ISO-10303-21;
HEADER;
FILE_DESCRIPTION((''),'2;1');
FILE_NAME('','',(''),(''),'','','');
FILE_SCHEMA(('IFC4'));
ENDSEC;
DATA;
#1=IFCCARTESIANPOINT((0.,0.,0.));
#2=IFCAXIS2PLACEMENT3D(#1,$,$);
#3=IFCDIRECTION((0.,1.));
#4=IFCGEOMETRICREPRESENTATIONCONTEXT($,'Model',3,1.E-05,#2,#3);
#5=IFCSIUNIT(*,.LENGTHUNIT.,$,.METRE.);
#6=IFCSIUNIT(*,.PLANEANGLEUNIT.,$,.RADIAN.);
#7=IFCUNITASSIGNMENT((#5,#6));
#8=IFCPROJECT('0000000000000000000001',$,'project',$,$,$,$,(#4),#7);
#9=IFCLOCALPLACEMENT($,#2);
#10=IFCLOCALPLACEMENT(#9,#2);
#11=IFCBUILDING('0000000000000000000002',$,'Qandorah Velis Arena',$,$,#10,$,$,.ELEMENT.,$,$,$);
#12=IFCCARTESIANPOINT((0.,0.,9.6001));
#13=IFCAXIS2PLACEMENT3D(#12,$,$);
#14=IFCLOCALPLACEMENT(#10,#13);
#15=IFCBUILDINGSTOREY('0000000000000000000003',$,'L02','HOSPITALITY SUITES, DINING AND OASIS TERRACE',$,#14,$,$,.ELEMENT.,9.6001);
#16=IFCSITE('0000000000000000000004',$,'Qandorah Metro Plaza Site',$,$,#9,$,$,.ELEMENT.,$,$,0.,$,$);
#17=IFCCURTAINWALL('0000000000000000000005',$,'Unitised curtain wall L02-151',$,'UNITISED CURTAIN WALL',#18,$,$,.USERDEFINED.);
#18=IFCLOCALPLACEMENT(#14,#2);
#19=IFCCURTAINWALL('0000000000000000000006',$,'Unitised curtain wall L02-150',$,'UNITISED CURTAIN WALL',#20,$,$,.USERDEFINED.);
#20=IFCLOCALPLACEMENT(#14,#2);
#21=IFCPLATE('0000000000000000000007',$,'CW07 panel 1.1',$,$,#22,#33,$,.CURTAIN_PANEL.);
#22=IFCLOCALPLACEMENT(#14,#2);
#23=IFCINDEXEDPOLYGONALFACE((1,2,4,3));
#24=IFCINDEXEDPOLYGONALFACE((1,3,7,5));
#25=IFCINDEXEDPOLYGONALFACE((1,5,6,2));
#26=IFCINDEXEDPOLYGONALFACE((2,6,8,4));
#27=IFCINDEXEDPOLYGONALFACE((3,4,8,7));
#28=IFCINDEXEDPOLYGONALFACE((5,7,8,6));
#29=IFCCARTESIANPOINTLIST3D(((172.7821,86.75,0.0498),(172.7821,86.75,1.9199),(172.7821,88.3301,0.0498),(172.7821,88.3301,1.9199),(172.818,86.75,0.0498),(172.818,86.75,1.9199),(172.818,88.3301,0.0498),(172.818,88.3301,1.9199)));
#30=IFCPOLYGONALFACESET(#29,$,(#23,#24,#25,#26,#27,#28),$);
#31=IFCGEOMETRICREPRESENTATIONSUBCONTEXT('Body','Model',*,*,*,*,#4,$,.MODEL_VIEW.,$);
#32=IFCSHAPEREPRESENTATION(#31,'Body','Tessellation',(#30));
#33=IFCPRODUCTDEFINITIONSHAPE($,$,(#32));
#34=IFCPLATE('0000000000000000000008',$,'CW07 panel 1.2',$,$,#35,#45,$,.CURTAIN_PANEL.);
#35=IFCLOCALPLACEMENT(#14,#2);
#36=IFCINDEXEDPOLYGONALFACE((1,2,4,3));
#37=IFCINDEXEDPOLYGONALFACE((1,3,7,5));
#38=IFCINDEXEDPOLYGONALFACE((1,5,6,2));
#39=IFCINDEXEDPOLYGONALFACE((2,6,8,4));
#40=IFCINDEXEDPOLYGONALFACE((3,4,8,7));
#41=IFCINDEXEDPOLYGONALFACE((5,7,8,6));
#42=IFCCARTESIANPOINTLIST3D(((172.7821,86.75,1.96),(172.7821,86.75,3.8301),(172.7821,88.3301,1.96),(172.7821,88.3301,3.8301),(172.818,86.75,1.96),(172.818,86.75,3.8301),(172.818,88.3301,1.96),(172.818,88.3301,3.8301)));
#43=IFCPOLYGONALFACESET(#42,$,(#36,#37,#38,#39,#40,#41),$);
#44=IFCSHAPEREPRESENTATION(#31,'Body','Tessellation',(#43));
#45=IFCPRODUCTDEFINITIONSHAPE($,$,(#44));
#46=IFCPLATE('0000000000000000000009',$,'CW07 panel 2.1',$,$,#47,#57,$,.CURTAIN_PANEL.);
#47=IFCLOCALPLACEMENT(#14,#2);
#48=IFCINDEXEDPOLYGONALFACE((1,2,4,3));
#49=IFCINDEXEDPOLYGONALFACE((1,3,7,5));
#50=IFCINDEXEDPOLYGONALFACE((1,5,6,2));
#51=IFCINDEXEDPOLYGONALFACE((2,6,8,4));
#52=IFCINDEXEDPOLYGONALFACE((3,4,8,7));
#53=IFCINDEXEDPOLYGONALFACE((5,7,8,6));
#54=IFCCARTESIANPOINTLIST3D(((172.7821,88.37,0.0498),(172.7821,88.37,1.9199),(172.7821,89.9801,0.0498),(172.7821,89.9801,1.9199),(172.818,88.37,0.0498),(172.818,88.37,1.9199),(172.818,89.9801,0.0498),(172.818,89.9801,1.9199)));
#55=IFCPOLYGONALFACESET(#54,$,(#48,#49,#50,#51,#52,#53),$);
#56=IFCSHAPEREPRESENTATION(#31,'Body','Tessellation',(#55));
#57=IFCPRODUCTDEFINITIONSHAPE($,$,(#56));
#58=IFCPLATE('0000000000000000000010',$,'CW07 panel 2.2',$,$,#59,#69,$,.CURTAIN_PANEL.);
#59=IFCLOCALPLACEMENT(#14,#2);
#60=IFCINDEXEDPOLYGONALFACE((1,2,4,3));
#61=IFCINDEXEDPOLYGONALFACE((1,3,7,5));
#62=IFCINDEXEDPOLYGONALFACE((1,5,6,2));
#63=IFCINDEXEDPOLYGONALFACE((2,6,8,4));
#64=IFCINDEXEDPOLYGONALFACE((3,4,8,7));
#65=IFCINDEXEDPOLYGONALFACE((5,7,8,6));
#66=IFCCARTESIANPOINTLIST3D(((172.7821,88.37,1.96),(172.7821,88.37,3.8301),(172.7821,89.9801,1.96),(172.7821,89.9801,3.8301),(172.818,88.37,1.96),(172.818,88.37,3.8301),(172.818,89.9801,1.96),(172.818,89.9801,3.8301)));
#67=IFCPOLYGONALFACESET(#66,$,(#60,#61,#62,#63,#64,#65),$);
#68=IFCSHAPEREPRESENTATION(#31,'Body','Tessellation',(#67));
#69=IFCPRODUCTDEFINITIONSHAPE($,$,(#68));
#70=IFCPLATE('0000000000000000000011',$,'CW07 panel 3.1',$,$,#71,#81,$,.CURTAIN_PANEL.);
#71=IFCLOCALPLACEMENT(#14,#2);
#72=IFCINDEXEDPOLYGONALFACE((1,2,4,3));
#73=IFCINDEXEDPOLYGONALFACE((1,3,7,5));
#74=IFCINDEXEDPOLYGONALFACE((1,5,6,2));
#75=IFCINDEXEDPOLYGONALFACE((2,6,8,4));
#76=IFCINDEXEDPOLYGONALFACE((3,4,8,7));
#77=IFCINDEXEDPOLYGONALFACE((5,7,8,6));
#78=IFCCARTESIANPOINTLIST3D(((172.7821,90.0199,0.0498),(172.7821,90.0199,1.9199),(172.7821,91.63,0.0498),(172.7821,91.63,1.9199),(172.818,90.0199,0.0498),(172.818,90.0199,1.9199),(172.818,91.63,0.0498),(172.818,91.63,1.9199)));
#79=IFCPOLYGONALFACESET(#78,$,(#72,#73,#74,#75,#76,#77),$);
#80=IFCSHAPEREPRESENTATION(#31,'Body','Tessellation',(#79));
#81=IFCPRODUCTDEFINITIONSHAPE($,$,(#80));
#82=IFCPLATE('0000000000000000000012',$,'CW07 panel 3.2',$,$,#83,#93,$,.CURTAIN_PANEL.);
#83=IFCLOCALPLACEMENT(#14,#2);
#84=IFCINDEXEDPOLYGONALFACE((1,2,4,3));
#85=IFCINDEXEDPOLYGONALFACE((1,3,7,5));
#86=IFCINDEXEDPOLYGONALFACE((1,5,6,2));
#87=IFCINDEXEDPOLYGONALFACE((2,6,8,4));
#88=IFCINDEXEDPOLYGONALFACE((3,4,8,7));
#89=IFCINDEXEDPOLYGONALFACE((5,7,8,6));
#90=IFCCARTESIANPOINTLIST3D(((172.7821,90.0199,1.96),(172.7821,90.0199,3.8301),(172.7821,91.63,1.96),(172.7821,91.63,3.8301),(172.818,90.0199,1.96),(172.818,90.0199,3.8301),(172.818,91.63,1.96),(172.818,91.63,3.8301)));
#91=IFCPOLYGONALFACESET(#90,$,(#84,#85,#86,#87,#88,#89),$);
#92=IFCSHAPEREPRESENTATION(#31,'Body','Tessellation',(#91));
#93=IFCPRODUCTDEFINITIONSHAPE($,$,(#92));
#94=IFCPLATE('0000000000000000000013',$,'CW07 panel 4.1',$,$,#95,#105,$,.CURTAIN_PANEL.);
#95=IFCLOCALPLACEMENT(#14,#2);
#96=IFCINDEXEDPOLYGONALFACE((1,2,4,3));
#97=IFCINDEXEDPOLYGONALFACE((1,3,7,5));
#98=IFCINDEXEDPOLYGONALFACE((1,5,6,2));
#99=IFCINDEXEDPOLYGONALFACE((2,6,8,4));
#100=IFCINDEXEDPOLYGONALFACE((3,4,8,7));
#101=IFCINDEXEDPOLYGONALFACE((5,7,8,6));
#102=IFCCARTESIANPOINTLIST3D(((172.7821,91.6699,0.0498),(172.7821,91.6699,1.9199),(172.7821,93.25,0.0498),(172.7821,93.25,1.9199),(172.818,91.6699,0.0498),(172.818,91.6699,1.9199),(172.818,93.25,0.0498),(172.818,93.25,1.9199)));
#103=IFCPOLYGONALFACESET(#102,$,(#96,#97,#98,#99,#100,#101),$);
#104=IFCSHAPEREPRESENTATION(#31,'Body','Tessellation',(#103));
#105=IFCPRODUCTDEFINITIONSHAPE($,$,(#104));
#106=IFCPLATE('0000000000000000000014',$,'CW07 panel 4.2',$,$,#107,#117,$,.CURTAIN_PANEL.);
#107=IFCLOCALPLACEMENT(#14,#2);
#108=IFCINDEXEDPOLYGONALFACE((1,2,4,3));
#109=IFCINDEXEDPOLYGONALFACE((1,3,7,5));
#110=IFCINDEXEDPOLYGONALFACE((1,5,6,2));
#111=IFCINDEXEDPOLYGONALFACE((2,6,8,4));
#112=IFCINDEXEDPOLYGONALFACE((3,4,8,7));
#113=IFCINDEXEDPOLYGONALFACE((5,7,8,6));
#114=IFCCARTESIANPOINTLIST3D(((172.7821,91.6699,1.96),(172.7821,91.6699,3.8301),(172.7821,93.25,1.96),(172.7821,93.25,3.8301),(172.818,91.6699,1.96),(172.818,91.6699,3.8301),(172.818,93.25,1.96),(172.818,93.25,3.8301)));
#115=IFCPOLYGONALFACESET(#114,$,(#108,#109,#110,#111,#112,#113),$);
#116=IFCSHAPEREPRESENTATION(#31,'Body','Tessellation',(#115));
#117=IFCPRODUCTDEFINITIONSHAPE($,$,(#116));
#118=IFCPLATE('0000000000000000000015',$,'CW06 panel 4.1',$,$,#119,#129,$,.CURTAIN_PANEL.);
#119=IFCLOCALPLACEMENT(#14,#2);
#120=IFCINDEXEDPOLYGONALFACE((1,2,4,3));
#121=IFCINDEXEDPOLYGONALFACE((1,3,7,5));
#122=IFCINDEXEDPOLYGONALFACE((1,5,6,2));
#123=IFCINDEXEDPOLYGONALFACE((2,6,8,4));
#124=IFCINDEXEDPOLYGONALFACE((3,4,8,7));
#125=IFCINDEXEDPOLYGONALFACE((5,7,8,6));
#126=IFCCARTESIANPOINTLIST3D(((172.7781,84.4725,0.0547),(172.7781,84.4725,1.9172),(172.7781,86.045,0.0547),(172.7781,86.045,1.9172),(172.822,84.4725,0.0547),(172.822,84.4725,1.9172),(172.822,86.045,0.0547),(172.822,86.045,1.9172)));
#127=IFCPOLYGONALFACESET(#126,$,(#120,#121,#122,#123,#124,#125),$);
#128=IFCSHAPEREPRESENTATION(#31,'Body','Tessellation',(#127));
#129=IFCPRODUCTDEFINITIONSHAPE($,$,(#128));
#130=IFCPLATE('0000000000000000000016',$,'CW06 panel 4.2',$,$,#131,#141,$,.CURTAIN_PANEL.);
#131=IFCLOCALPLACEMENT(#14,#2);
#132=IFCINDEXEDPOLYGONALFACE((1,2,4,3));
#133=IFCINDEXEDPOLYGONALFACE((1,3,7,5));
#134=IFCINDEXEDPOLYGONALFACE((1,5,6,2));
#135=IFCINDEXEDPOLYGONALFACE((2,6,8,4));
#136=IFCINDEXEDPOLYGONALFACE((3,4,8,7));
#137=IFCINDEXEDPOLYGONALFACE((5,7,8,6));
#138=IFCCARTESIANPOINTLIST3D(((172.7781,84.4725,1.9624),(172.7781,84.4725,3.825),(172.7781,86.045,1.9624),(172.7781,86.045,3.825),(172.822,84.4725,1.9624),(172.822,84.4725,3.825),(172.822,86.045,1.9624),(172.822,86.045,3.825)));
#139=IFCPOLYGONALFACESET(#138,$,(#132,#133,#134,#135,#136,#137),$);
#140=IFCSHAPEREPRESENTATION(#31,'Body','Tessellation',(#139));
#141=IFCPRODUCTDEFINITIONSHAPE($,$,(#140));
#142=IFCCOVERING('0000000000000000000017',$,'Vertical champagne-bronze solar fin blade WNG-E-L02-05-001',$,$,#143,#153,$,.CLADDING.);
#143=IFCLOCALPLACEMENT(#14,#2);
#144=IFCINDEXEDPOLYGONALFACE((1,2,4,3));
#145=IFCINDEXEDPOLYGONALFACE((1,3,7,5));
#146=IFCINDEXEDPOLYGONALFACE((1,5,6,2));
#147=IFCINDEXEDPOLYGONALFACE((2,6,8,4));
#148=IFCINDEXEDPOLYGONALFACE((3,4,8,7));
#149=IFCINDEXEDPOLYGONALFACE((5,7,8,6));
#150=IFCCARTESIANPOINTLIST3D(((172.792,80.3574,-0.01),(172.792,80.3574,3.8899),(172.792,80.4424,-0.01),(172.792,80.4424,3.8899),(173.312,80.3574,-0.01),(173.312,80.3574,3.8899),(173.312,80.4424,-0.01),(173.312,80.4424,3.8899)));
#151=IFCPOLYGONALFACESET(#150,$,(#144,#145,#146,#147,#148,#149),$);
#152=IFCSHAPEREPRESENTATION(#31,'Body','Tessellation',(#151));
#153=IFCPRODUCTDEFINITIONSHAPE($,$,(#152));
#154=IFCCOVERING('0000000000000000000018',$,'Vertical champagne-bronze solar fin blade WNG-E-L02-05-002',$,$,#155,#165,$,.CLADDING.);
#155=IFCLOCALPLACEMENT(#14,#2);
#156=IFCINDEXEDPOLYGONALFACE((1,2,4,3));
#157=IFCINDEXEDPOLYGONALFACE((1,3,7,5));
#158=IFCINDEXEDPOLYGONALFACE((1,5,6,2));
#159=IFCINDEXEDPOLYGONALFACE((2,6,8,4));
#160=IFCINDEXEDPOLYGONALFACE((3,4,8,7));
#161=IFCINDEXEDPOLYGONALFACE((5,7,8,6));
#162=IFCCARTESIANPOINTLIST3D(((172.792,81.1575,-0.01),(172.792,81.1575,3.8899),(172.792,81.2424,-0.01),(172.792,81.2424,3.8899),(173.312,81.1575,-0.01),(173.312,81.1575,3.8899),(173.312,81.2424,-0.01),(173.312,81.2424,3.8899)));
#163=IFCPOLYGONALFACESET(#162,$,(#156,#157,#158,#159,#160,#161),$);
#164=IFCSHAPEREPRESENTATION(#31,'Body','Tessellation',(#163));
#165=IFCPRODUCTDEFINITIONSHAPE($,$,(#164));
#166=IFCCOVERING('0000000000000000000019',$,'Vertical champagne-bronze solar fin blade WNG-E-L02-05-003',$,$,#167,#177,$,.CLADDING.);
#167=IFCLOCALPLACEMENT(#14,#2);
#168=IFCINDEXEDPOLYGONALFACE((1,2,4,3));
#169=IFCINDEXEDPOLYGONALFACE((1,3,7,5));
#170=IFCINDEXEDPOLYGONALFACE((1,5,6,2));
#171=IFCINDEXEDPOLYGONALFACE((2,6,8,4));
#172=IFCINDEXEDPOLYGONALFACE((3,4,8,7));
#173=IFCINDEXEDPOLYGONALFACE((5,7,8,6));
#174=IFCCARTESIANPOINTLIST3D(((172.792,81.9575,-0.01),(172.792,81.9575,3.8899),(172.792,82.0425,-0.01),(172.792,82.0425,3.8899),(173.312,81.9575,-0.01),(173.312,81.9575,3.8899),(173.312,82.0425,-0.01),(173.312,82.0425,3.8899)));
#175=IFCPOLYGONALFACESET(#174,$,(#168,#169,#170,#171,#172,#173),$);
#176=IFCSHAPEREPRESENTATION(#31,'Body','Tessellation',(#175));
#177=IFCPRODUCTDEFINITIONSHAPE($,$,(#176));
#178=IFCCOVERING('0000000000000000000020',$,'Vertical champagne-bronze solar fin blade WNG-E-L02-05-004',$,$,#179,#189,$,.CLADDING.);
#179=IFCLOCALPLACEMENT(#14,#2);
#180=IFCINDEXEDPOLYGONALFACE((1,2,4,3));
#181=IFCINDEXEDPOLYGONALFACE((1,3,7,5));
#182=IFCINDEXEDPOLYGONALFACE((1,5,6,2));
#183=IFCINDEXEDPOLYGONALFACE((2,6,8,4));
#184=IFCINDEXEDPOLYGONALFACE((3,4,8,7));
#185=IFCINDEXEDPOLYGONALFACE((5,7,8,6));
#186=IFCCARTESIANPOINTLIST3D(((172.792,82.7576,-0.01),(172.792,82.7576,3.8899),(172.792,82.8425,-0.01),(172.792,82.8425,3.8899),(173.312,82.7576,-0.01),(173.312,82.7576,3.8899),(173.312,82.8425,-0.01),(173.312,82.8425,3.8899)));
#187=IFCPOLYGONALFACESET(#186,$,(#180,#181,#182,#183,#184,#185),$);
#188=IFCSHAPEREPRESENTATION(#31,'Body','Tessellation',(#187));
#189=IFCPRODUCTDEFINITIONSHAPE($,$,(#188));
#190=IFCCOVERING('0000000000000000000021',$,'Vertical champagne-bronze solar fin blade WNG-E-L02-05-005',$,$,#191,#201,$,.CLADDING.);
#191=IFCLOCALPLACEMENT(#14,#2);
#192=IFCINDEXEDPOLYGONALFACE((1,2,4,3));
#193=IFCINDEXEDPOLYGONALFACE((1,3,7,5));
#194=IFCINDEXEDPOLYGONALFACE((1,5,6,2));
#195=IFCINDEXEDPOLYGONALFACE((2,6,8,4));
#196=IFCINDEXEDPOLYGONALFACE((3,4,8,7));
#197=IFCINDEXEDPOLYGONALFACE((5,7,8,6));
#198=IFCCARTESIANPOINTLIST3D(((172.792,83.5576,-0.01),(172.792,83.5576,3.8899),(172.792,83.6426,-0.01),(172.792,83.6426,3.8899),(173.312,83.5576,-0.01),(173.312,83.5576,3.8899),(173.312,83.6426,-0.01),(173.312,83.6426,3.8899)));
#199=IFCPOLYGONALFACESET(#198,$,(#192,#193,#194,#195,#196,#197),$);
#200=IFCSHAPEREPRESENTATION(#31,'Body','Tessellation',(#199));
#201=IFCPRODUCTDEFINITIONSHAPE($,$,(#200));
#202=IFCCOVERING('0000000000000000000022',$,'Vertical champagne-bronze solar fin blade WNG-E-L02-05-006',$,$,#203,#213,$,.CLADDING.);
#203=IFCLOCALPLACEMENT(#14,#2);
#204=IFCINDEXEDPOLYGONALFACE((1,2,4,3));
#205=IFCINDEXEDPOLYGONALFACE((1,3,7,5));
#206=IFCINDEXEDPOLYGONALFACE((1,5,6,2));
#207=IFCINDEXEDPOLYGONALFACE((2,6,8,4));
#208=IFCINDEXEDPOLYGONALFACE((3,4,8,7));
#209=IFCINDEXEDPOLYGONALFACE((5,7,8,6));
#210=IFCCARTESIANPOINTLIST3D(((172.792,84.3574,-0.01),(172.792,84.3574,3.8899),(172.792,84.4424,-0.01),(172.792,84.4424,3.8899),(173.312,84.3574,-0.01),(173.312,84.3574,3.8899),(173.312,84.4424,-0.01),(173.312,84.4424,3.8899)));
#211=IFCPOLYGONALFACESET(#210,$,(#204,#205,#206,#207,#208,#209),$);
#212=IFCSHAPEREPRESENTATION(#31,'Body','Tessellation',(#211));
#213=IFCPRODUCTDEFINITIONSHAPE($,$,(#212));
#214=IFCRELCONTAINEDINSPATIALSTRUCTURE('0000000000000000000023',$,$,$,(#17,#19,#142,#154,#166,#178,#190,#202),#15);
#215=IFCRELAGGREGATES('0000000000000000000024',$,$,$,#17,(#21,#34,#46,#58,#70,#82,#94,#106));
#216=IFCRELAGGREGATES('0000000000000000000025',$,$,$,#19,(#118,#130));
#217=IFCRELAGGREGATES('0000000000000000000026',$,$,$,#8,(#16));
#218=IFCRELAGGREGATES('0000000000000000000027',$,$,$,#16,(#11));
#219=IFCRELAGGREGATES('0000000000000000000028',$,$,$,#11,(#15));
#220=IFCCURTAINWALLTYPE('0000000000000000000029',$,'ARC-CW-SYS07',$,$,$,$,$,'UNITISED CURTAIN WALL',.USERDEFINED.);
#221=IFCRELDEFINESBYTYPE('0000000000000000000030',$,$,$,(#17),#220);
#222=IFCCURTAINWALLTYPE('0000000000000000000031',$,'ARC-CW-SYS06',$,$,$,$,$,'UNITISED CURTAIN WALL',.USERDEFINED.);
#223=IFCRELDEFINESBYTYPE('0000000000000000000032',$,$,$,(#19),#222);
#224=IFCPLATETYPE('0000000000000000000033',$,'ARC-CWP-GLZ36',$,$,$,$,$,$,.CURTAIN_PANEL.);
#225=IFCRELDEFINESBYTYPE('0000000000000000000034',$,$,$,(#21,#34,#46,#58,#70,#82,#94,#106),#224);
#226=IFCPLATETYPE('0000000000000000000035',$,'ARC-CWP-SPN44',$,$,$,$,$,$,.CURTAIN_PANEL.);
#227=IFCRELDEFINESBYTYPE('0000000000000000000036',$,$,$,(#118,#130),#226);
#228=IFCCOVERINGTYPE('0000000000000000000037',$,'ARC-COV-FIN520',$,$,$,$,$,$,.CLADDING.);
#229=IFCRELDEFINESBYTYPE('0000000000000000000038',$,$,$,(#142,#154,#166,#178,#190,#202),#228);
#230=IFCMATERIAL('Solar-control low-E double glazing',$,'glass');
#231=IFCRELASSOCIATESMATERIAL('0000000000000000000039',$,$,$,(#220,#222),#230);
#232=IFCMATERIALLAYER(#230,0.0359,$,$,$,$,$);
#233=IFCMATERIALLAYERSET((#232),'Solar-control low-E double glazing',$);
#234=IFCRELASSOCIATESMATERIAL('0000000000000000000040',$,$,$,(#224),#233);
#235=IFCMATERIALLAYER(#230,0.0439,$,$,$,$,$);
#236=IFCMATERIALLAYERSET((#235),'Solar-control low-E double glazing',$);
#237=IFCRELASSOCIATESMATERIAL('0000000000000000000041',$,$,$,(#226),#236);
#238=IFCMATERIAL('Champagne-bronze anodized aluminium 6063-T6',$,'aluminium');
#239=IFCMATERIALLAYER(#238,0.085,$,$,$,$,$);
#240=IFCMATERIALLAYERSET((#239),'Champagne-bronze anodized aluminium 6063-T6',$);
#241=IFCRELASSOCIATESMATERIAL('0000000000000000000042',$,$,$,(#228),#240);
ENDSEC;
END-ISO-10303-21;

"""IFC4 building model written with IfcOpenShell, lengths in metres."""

from ifc_helpers import new_model, si_unit, direction, frame, origin, origin_2d, place, context, subcontext, project, spatial, rectangle, extrude, material, layer, layer_set, type_object, element, aggregate, save


model = new_model("IFC4")

# Units and contexts
model_context = context("Model", 3, precision=1e-05, world=origin(), true_north=direction((0.0, 1.0)))
body_context = subcontext(model_context, "Body", "Model", "MODEL_VIEW")
ifc_project = project(units=[si_unit("LENGTHUNIT", "METRE"), si_unit("PLANEANGLEUNIT", "RADIAN")], contexts=[model_context])

# Site, building, storey
site_placement = place(None, origin())
site = spatial("IfcSite", under=ifc_project, at=site_placement, Name="Qandorah Metro Plaza Site", CompositionType="ELEMENT", RefElevation=0.0)
building_placement = place(site_placement, origin())
building = spatial("IfcBuilding", under=site, at=building_placement, Name="Qandorah Velis Arena", CompositionType="ELEMENT")
storey_placement = place(building_placement, frame((0.0, 0.0, 9.6001)))
storey = spatial("IfcBuildingStorey", under=building, at=storey_placement, Name="L02", Description="HOSPITALITY SUITES, DINING AND OASIS TERRACE", CompositionType="ELEMENT", Elevation=9.6001)

# Curtain walls
ifc_material_1 = material(Name="Solar-control low-E double glazing", Category="glass")
curtain_wall_type_1 = type_object("IfcCurtainWallType", Name="ARC-CW-SYS07", ElementType="UNITISED CURTAIN WALL", PredefinedType="USERDEFINED", material=ifc_material_1)
curtain_wall_1_placement = place(storey_placement, origin())
curtain_wall_1 = element("IfcCurtainWall", 1, at=curtain_wall_1_placement, inside=storey, type_object=curtain_wall_type_1, Name="Unitised curtain wall L02-151", ObjectType="UNITISED CURTAIN WALL", PredefinedType="USERDEFINED")
ifc_material_2 = material(Name="Champagne-bronze anodized aluminium 6063-T6", Category="aluminium")
curtain_wall_type_2 = type_object("IfcCurtainWallType", Name="ARC-CW-SYS06", ElementType="UNITISED CURTAIN WALL", PredefinedType="USERDEFINED", material=ifc_material_1)
curtain_wall_2_placement = place(storey_placement, origin())
curtain_wall_2 = element("IfcCurtainWall", 2, at=curtain_wall_2_placement, inside=storey, type_object=curtain_wall_type_2, Name="Unitised curtain wall L02-150", ObjectType="UNITISED CURTAIN WALL", PredefinedType="USERDEFINED")

# Plates
ifc_layer_1 = layer(ifc_material_1, 0.0359)
ifc_layer_set_1 = layer_set([ifc_layer_1], Name="Solar-control low-E double glazing")
plate_type_1 = type_object("IfcPlateType", Name="ARC-CWP-GLZ36", PredefinedType="CURTAIN_PANEL", material=ifc_layer_set_1)
plate_1_placement = place(storey_placement, frame((172.8, 87.54, 0.0498), z_axis=(0.0, 0.0, 1.0), x_axis=(0.0, 1.0, 0.0)))
plate_1 = element("IfcPlate", 3, at=plate_1_placement, type_object=plate_type_1, Name="CW07 panel 1.1", PredefinedType="CURTAIN_PANEL", context=body_context, shape_type="SweptSolid", body=[
    extrude(rectangle(XDim=1.5801, YDim=0.0359, at=origin_2d()), origin(), (0.0, 0.0, 1.0), 1.8701),
])
plate_2_placement = place(storey_placement, frame((172.8, 87.54, 1.96), z_axis=(0.0, 0.0, 1.0), x_axis=(0.0, 1.0, 0.0)))
plate_2 = element("IfcPlate", 4, at=plate_2_placement, type_object=plate_type_1, Name="CW07 panel 1.2", PredefinedType="CURTAIN_PANEL", context=body_context, shape_type="SweptSolid", body=[
    extrude(rectangle(XDim=1.5801, YDim=0.0359, at=origin_2d()), origin(), (0.0, 0.0, 1.0), 1.8701),
])
plate_3_placement = place(storey_placement, frame((172.8, 89.175, 0.0498), z_axis=(0.0, 0.0, 1.0), x_axis=(0.0, 1.0, 0.0)))
plate_3 = element("IfcPlate", 5, at=plate_3_placement, type_object=plate_type_1, Name="CW07 panel 2.1", PredefinedType="CURTAIN_PANEL", context=body_context, shape_type="SweptSolid", body=[
    extrude(rectangle(XDim=1.6101, YDim=0.0359, at=origin_2d()), origin(), (0.0, 0.0, 1.0), 1.8701),
])
plate_4_placement = place(storey_placement, frame((172.8, 89.175, 1.96), z_axis=(0.0, 0.0, 1.0), x_axis=(0.0, 1.0, 0.0)))
plate_4 = element("IfcPlate", 6, at=plate_4_placement, type_object=plate_type_1, Name="CW07 panel 2.2", PredefinedType="CURTAIN_PANEL", context=body_context, shape_type="SweptSolid", body=[
    extrude(rectangle(XDim=1.6101, YDim=0.0359, at=origin_2d()), origin(), (0.0, 0.0, 1.0), 1.8701),
])
plate_5_placement = place(storey_placement, frame((172.8, 90.825, 0.0498), z_axis=(0.0, 0.0, 1.0), x_axis=(0.0, 1.0, 0.0)))
plate_5 = element("IfcPlate", 7, at=plate_5_placement, type_object=plate_type_1, Name="CW07 panel 3.1", PredefinedType="CURTAIN_PANEL", context=body_context, shape_type="SweptSolid", body=[
    extrude(rectangle(XDim=1.6101, YDim=0.0359, at=origin_2d()), origin(), (0.0, 0.0, 1.0), 1.8701),
])
plate_6_placement = place(storey_placement, frame((172.8, 90.825, 1.96), z_axis=(0.0, 0.0, 1.0), x_axis=(0.0, 1.0, 0.0)))
plate_6 = element("IfcPlate", 8, at=plate_6_placement, type_object=plate_type_1, Name="CW07 panel 3.2", PredefinedType="CURTAIN_PANEL", context=body_context, shape_type="SweptSolid", body=[
    extrude(rectangle(XDim=1.6101, YDim=0.0359, at=origin_2d()), origin(), (0.0, 0.0, 1.0), 1.8701),
])
plate_7_placement = place(storey_placement, frame((172.8, 92.46, 0.0498), z_axis=(0.0, 0.0, 1.0), x_axis=(0.0, 1.0, 0.0)))
plate_7 = element("IfcPlate", 9, at=plate_7_placement, type_object=plate_type_1, Name="CW07 panel 4.1", PredefinedType="CURTAIN_PANEL", context=body_context, shape_type="SweptSolid", body=[
    extrude(rectangle(XDim=1.5801, YDim=0.0359, at=origin_2d()), origin(), (0.0, 0.0, 1.0), 1.8701),
])
plate_8_placement = place(storey_placement, frame((172.8, 92.46, 1.96), z_axis=(0.0, 0.0, 1.0), x_axis=(0.0, 1.0, 0.0)))
plate_8 = element("IfcPlate", 10, at=plate_8_placement, type_object=plate_type_1, Name="CW07 panel 4.2", PredefinedType="CURTAIN_PANEL", context=body_context, shape_type="SweptSolid", body=[
    extrude(rectangle(XDim=1.5801, YDim=0.0359, at=origin_2d()), origin(), (0.0, 0.0, 1.0), 1.8701),
])
aggregate(curtain_wall_1, [plate_1, plate_2, plate_3, plate_4, plate_5, plate_6, plate_7, plate_8])
ifc_layer_2 = layer(ifc_material_1, 0.0439)
ifc_layer_set_2 = layer_set([ifc_layer_2], Name="Solar-control low-E double glazing")
plate_type_2 = type_object("IfcPlateType", Name="ARC-CWP-SPN44", PredefinedType="CURTAIN_PANEL", material=ifc_layer_set_2)
plate_9_placement = place(storey_placement, frame((172.8, 85.2588, 0.0547), z_axis=(0.0, 0.0, 1.0), x_axis=(0.0, 1.0, 0.0)))
plate_9 = element("IfcPlate", 11, at=plate_9_placement, type_object=plate_type_2, Name="CW06 panel 4.1", PredefinedType="CURTAIN_PANEL", context=body_context, shape_type="SweptSolid", body=[
    extrude(rectangle(XDim=1.5725, YDim=0.0439, at=origin_2d()), origin(), (0.0, 0.0, 1.0), 1.8625),
])
plate_10_placement = place(storey_placement, frame((172.8, 85.2588, 1.9624), z_axis=(0.0, 0.0, 1.0), x_axis=(0.0, 1.0, 0.0)))
plate_10 = element("IfcPlate", 12, at=plate_10_placement, type_object=plate_type_2, Name="CW06 panel 4.2", PredefinedType="CURTAIN_PANEL", context=body_context, shape_type="SweptSolid", body=[
    extrude(rectangle(XDim=1.5725, YDim=0.0439, at=origin_2d()), origin(), (0.0, 0.0, 1.0), 1.8625),
])
aggregate(curtain_wall_2, [plate_9, plate_10])

# Coverings
ifc_layer_3 = layer(ifc_material_2, 0.085)
ifc_layer_set_3 = layer_set([ifc_layer_3], Name="Champagne-bronze anodized aluminium 6063-T6")
covering_type = type_object("IfcCoveringType", Name="ARC-COV-FIN520", PredefinedType="CLADDING", material=ifc_layer_set_3)
for number, where, z_axis, x_axis, name in (
    (13, (173.052, 80.3999, -0.01), (0.0, 0.0, 1.0), (1.0, 0.0, 0.0), "Vertical champagne-bronze solar fin blade WNG-E-L02-05-001"),
    (14, (173.052, 81.2, -0.01), (0.0, 0.0, 1.0), (1.0, 0.0, 0.0), "Vertical champagne-bronze solar fin blade WNG-E-L02-05-002"),
    (15, (173.052, 82.0, -0.01), (0.0, 0.0, 1.0), (1.0, 0.0, 0.0), "Vertical champagne-bronze solar fin blade WNG-E-L02-05-003"),
    (16, (173.052, 82.8, -0.01), (0.0, 0.0, 1.0), (1.0, 0.0, 0.0), "Vertical champagne-bronze solar fin blade WNG-E-L02-05-004"),
    (17, (173.052, 83.6001, -0.01), (0.0, 0.0, 1.0), (1.0, 0.0, 0.0), "Vertical champagne-bronze solar fin blade WNG-E-L02-05-005"),
    (18, (173.052, 84.3999, -0.01), (0.0, 0.0, 1.0), (1.0, 0.0, 0.0), "Vertical champagne-bronze solar fin blade WNG-E-L02-05-006"),
):
    element("IfcCovering", number, at=place(storey_placement, frame(where, z_axis=z_axis, x_axis=x_axis)), inside=storey, type_object=covering_type, Name=name, PredefinedType="CLADDING", context=body_context, shape_type="SweptSolid", body=[
        extrude(rectangle(XDim=0.52, YDim=0.085, at=origin_2d()), origin(), (0.0, 0.0, 1.0), 3.8999),
    ])

save(model, "model.ifc")
